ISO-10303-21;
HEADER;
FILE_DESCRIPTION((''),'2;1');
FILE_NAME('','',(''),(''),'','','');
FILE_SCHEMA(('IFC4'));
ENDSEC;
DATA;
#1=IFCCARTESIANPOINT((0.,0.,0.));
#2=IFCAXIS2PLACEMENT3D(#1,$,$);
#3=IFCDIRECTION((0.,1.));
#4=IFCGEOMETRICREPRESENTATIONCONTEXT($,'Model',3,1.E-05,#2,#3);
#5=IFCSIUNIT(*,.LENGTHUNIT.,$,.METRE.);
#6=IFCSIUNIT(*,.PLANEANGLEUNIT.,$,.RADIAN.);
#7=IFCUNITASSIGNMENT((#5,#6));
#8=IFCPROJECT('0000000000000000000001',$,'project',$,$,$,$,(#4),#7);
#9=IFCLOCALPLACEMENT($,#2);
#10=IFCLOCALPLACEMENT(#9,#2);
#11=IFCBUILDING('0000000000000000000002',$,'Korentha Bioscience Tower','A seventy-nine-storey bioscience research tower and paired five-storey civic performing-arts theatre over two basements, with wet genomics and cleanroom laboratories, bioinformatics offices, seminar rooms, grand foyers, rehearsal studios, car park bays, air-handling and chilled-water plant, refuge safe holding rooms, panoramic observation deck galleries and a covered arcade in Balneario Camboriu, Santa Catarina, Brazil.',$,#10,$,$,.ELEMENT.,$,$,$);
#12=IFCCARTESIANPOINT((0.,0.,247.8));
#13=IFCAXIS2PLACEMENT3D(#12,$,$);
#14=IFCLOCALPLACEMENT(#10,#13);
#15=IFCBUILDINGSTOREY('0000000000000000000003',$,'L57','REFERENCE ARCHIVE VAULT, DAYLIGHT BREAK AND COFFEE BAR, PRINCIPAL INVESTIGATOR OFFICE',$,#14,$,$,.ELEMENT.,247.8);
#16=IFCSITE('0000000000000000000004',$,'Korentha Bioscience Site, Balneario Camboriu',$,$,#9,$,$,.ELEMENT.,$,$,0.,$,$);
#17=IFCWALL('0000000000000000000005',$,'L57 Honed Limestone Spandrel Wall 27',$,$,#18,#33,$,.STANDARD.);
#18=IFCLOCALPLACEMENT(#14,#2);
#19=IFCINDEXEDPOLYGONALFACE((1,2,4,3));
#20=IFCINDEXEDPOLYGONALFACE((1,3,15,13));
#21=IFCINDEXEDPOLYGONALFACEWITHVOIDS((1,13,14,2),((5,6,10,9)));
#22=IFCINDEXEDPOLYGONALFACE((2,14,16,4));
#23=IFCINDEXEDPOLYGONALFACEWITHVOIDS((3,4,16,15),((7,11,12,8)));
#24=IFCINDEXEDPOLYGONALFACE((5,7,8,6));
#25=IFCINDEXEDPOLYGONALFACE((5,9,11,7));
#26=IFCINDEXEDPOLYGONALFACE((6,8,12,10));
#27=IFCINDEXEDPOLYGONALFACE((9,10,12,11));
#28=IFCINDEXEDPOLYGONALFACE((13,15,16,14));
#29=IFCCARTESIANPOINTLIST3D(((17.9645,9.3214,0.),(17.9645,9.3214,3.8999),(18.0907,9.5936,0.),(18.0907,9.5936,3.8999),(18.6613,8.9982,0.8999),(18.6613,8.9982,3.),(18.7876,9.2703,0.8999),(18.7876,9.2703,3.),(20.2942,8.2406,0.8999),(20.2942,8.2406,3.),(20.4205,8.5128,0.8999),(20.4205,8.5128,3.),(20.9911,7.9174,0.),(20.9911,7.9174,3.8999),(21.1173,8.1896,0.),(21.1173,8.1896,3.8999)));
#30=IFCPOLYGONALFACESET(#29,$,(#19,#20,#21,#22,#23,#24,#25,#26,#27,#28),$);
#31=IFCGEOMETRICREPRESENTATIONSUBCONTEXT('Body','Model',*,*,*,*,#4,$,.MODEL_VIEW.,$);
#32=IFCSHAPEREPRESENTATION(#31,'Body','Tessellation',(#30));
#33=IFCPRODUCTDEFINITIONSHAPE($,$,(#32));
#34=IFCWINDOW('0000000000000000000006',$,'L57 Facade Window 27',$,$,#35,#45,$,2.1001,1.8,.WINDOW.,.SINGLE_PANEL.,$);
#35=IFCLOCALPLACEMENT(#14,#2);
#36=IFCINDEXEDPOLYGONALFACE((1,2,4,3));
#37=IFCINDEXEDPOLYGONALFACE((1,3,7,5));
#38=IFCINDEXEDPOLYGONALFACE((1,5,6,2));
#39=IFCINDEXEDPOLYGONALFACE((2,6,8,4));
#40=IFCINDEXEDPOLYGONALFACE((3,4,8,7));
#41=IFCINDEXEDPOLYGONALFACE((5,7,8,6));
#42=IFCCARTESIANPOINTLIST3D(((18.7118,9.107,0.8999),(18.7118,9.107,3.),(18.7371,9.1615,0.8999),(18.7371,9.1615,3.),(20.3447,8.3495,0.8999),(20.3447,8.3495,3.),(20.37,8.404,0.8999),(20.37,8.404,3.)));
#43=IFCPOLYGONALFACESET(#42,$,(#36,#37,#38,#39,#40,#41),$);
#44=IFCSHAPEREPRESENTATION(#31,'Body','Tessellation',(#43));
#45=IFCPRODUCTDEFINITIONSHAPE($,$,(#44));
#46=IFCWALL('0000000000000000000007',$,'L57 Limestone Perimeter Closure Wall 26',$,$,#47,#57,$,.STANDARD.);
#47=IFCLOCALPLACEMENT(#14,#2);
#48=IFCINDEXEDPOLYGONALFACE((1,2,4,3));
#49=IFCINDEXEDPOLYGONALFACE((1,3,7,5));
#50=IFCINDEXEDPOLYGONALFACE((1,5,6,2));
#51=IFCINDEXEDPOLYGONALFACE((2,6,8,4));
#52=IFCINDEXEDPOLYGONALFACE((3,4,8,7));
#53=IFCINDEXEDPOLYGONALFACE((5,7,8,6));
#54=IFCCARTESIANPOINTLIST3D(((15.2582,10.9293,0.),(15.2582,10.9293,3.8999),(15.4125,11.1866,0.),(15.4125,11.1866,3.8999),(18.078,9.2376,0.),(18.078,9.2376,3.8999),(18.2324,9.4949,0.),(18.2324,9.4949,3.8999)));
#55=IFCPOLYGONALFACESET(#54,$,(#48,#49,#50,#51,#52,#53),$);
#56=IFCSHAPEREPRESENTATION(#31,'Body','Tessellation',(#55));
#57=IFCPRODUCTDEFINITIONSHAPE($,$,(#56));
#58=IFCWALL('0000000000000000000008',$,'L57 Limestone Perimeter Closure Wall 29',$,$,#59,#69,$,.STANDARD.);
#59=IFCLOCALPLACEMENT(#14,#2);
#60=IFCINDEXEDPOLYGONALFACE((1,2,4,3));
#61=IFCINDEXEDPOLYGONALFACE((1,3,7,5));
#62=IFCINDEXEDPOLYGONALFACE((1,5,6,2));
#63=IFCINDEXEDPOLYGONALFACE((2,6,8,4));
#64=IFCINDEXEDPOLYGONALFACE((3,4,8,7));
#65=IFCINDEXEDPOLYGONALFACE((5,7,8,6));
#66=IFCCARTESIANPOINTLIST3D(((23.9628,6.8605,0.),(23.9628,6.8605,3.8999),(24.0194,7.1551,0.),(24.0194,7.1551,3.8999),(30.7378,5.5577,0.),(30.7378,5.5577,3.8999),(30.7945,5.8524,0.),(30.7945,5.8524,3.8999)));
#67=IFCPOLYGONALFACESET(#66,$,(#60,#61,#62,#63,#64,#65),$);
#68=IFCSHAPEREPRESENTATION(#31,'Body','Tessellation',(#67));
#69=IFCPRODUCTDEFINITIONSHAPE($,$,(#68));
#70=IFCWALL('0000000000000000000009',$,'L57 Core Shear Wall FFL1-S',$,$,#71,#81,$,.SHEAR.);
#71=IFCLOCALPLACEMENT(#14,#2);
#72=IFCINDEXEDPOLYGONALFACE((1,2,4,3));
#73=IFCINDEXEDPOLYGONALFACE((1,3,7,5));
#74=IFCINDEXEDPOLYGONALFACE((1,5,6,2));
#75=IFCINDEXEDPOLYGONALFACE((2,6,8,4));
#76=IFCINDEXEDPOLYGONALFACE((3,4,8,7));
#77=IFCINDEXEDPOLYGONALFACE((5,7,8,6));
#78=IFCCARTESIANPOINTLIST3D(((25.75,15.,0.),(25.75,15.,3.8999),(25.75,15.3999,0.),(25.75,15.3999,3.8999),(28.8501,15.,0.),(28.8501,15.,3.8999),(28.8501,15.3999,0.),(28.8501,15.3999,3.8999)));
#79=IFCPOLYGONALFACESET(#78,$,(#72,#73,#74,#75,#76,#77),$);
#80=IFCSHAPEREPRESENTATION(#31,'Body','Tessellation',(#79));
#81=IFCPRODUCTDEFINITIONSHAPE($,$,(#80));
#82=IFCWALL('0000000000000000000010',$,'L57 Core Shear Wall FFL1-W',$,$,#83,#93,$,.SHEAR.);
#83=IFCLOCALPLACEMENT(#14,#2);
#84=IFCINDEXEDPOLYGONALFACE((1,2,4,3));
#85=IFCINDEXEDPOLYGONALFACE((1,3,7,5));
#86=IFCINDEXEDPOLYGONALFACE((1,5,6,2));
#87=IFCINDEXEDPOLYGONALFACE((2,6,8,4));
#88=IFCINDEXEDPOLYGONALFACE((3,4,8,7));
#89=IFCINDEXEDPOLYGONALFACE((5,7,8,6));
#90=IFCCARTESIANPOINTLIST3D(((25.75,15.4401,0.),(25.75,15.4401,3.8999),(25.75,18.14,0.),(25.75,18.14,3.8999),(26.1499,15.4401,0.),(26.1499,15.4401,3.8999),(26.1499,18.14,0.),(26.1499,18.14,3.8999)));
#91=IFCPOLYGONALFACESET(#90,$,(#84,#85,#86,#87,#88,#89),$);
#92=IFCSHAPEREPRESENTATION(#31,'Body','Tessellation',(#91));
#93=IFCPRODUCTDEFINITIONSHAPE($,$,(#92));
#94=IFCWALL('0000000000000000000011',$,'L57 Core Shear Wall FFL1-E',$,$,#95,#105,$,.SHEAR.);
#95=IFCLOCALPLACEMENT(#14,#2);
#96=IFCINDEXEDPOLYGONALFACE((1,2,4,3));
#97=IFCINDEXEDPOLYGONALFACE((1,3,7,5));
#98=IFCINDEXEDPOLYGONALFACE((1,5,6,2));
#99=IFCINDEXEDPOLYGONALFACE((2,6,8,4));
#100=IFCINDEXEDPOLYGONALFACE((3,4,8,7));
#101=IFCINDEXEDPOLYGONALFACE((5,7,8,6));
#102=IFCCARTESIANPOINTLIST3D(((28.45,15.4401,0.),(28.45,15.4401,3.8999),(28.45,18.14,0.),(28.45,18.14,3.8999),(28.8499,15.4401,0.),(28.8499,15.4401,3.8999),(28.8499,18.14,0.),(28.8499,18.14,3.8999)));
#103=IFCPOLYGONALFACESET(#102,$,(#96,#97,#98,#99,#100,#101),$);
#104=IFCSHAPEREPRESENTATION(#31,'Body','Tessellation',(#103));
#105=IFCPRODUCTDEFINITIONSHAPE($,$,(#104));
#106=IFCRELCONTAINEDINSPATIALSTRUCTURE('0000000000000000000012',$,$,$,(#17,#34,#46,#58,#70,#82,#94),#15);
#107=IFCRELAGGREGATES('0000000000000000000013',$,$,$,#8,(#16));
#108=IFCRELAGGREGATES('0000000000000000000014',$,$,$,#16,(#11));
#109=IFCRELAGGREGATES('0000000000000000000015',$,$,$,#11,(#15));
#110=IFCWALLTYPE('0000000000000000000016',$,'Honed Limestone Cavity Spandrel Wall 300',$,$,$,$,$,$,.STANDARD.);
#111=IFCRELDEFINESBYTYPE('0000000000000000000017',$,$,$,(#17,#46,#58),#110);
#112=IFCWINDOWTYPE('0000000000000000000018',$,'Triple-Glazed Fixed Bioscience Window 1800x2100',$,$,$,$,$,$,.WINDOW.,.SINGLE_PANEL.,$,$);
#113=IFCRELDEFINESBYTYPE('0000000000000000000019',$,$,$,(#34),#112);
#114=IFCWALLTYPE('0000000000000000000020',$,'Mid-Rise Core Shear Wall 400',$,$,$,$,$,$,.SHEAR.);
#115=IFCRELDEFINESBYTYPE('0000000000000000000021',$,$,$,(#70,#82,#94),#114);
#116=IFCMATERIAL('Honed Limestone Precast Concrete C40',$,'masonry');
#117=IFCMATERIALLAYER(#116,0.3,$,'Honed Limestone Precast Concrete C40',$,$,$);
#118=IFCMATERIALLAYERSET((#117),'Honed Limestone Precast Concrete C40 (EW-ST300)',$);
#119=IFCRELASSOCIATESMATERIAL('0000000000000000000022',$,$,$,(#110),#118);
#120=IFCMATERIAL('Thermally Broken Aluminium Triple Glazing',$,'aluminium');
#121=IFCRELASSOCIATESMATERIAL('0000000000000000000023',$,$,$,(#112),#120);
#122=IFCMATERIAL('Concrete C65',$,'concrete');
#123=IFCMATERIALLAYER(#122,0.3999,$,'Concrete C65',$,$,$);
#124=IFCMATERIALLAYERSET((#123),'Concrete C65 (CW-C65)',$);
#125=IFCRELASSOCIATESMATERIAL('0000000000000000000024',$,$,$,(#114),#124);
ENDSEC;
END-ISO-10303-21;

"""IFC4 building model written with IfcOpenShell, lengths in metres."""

from ifc_helpers import new_model, si_unit, direction, frame, frame_2d, origin, place, context, subcontext, project, spatial, rectangle, extrude, material, layer, layer_set, type_object, element, fill, save


model = new_model("IFC4")

# Units and contexts
model_context = context("Model", 3, precision=1e-05, world=origin(), true_north=direction((0.0, 1.0)))
body_context = subcontext(model_context, "Body", "Model", "MODEL_VIEW")
ifc_project = project(units=[si_unit("LENGTHUNIT", "METRE"), si_unit("PLANEANGLEUNIT", "RADIAN")], contexts=[model_context])

# Site, building, storey
site_placement = place(None, origin())
site = spatial("IfcSite", under=ifc_project, at=site_placement, Name="Korentha Bioscience Site, Balneario Camboriu", CompositionType="ELEMENT", RefElevation=0.0)
building_placement = place(site_placement, origin())
building = spatial("IfcBuilding", under=site, at=building_placement, Name="Korentha Bioscience Tower", Description="A seventy-nine-storey bioscience research tower and paired five-storey civic performing-arts theatre over two basements, with wet genomics and cleanroom laboratories, bioinformatics offices, seminar rooms, grand foyers, rehearsal studios, car park bays, air-handling and chilled-water plant, refuge safe holding rooms, panoramic observation deck galleries and a covered arcade in Balneario Camboriu, Santa Catarina, Brazil.", CompositionType="ELEMENT")
storey_placement = place(building_placement, frame((0.0, 0.0, 247.8)))
storey = spatial("IfcBuildingStorey", under=building, at=storey_placement, Name="L57", Description="REFERENCE ARCHIVE VAULT, DAYLIGHT BREAK AND COFFEE BAR, PRINCIPAL INVESTIGATOR OFFICE", CompositionType="ELEMENT", Elevation=247.8)

# Shared definitions
ifc_material_1 = material(Name="Concrete C65", Category="concrete")

# Wall, opening, window
ifc_material_2 = material(Name="Honed Limestone Precast Concrete C40", Category="masonry")
ifc_layer_1 = layer(ifc_material_2, 0.3, Name="Honed Limestone Precast Concrete C40")
ifc_layer_set_1 = layer_set([ifc_layer_1], Name="Honed Limestone Precast Concrete C40 (EW-ST300)")
wall_type_1 = type_object("IfcWallType", Name="Honed Limestone Cavity Spandrel Wall 300", PredefinedType="STANDARD", material=ifc_layer_set_1)
wall_1_placement = place(storey_placement, frame((18.0276, 9.4575, 0.0), z_axis=(0.0, 0.0, 1.0), x_axis=(0.907142, -0.420825, 0.0)))
wall_1 = element("IfcWall", 1, at=wall_1_placement, inside=storey, type_object=wall_type_1, Name="L57 Honed Limestone Spandrel Wall 27", PredefinedType="STANDARD", context=body_context, shape_type="SweptSolid", body=[
    extrude(rectangle(XDim=3.3364, YDim=0.3, at=frame_2d((1.6682, 0.0))), origin(), (0.0, 0.0, 1.0), 3.8999),
])
opening_1_placement = place(wall_1_placement, frame((0.7683, 0.0, 0.8999)))
opening_1 = element("IfcOpeningElement", 2, at=opening_1_placement, cuts=wall_1, PredefinedType="OPENING", context=body_context, shape_type="SweptSolid", body=[
    extrude(rectangle(XDim=1.8, YDim=2.1001, at=frame_2d((0.8999, 1.05))), frame((0.0, 0.165, 0.0), z_axis=(0.0, -1.0, 0.0), x_axis=(1.0, 0.0, 0.0)), (0.0, 0.0, 1.0), 0.3298),
])
ifc_material_3 = material(Name="Thermally Broken Aluminium Triple Glazing", Category="aluminium")
window_type = type_object("IfcWindowType", Name="Triple-Glazed Fixed Bioscience Window 1800x2100", PartitioningType="SINGLE_PANEL", PredefinedType="WINDOW", material=ifc_material_3)
window_placement = place(opening_1_placement, origin())
window = element("IfcWindow", 3, at=window_placement, inside=storey, type_object=window_type, Name="L57 Facade Window 27", OverallHeight=2.1001, OverallWidth=1.8, PartitioningType="SINGLE_PANEL", PredefinedType="WINDOW", context=body_context, shape_type="SweptSolid", body=[
    extrude(rectangle(XDim=1.8, YDim=2.1001, at=frame_2d((0.8999, 1.05))), frame((0.0, 0.03, 0.0), z_axis=(0.0, -1.0, 0.0), x_axis=(1.0, 0.0, 0.0)), (0.0, 0.0, 1.0), 0.0601),
])
fill(opening_1, window)

# Walls
wall_2_placement = place(storey_placement, frame((15.3354, 11.0579, 0.0), z_axis=(0.0, 0.0, 1.0), x_axis=(0.857526, -0.514441, 0.0)))
element("IfcWall", 4, at=wall_2_placement, inside=storey, type_object=wall_type_1, Name="L57 Limestone Perimeter Closure Wall 26", PredefinedType="STANDARD", context=body_context, shape_type="SweptSolid", body=[
    extrude(rectangle(XDim=3.2883, YDim=0.3, at=frame_2d((1.644, 0.0))), origin(), (0.0, 0.0, 1.0), 3.8999),
])
wall_3_placement = place(storey_placement, frame((23.991, 7.0078, 0.0), z_axis=(0.0, 0.0, 1.0), x_axis=(0.982011, -0.188822, 0.0)))
element("IfcWall", 5, at=wall_3_placement, inside=storey, type_object=wall_type_1, Name="L57 Limestone Perimeter Closure Wall 29", PredefinedType="STANDARD", context=body_context, shape_type="SweptSolid", body=[
    extrude(rectangle(XDim=6.8992, YDim=0.3, at=frame_2d((3.4497, 0.0))), origin(), (0.0, 0.0, 1.0), 3.8999),
])
ifc_layer_2 = layer(ifc_material_1, 0.3999, Name="Concrete C65")
ifc_layer_set_2 = layer_set([ifc_layer_2], Name="Concrete C65 (CW-C65)")
wall_type_2 = type_object("IfcWallType", Name="Mid-Rise Core Shear Wall 400", PredefinedType="SHEAR", material=ifc_layer_set_2)
wall_4_placement = place(storey_placement, frame((25.75, 15.2, 0.0), z_axis=(0.0, 0.0, 1.0), x_axis=(1.0, 0.0, 0.0)))
element("IfcWall", 6, at=wall_4_placement, inside=storey, type_object=wall_type_2, Name="L57 Core Shear Wall FFL1-S", PredefinedType="SHEAR", context=body_context, shape_type="SweptSolid", body=[
    extrude(rectangle(XDim=3.1001, YDim=0.3999, at=frame_2d((1.55, 0.0))), origin(), (0.0, 0.0, 1.0), 3.8999),
])
for number, where, z_axis, x_axis, name in (
    (7, (25.95, 15.4399, 0.0), (0.0, 0.0, 1.0), (0.0, 1.0, 0.0), "L57 Core Shear Wall FFL1-W"),
    (8, (28.6499, 15.4399, 0.0), (0.0, 0.0, 1.0), (0.0, 1.0, 0.0), "L57 Core Shear Wall FFL1-E"),
):
    element("IfcWall", number, at=place(storey_placement, frame(where, z_axis=z_axis, x_axis=x_axis)), inside=storey, type_object=wall_type_2, Name=name, PredefinedType="SHEAR", context=body_context, shape_type="SweptSolid", body=[
        extrude(rectangle(XDim=2.7, YDim=0.3999, at=frame_2d((1.3501, 0.0))), origin(), (0.0, 0.0, 1.0), 3.8999),
    ])

save(model, "model.ifc")
